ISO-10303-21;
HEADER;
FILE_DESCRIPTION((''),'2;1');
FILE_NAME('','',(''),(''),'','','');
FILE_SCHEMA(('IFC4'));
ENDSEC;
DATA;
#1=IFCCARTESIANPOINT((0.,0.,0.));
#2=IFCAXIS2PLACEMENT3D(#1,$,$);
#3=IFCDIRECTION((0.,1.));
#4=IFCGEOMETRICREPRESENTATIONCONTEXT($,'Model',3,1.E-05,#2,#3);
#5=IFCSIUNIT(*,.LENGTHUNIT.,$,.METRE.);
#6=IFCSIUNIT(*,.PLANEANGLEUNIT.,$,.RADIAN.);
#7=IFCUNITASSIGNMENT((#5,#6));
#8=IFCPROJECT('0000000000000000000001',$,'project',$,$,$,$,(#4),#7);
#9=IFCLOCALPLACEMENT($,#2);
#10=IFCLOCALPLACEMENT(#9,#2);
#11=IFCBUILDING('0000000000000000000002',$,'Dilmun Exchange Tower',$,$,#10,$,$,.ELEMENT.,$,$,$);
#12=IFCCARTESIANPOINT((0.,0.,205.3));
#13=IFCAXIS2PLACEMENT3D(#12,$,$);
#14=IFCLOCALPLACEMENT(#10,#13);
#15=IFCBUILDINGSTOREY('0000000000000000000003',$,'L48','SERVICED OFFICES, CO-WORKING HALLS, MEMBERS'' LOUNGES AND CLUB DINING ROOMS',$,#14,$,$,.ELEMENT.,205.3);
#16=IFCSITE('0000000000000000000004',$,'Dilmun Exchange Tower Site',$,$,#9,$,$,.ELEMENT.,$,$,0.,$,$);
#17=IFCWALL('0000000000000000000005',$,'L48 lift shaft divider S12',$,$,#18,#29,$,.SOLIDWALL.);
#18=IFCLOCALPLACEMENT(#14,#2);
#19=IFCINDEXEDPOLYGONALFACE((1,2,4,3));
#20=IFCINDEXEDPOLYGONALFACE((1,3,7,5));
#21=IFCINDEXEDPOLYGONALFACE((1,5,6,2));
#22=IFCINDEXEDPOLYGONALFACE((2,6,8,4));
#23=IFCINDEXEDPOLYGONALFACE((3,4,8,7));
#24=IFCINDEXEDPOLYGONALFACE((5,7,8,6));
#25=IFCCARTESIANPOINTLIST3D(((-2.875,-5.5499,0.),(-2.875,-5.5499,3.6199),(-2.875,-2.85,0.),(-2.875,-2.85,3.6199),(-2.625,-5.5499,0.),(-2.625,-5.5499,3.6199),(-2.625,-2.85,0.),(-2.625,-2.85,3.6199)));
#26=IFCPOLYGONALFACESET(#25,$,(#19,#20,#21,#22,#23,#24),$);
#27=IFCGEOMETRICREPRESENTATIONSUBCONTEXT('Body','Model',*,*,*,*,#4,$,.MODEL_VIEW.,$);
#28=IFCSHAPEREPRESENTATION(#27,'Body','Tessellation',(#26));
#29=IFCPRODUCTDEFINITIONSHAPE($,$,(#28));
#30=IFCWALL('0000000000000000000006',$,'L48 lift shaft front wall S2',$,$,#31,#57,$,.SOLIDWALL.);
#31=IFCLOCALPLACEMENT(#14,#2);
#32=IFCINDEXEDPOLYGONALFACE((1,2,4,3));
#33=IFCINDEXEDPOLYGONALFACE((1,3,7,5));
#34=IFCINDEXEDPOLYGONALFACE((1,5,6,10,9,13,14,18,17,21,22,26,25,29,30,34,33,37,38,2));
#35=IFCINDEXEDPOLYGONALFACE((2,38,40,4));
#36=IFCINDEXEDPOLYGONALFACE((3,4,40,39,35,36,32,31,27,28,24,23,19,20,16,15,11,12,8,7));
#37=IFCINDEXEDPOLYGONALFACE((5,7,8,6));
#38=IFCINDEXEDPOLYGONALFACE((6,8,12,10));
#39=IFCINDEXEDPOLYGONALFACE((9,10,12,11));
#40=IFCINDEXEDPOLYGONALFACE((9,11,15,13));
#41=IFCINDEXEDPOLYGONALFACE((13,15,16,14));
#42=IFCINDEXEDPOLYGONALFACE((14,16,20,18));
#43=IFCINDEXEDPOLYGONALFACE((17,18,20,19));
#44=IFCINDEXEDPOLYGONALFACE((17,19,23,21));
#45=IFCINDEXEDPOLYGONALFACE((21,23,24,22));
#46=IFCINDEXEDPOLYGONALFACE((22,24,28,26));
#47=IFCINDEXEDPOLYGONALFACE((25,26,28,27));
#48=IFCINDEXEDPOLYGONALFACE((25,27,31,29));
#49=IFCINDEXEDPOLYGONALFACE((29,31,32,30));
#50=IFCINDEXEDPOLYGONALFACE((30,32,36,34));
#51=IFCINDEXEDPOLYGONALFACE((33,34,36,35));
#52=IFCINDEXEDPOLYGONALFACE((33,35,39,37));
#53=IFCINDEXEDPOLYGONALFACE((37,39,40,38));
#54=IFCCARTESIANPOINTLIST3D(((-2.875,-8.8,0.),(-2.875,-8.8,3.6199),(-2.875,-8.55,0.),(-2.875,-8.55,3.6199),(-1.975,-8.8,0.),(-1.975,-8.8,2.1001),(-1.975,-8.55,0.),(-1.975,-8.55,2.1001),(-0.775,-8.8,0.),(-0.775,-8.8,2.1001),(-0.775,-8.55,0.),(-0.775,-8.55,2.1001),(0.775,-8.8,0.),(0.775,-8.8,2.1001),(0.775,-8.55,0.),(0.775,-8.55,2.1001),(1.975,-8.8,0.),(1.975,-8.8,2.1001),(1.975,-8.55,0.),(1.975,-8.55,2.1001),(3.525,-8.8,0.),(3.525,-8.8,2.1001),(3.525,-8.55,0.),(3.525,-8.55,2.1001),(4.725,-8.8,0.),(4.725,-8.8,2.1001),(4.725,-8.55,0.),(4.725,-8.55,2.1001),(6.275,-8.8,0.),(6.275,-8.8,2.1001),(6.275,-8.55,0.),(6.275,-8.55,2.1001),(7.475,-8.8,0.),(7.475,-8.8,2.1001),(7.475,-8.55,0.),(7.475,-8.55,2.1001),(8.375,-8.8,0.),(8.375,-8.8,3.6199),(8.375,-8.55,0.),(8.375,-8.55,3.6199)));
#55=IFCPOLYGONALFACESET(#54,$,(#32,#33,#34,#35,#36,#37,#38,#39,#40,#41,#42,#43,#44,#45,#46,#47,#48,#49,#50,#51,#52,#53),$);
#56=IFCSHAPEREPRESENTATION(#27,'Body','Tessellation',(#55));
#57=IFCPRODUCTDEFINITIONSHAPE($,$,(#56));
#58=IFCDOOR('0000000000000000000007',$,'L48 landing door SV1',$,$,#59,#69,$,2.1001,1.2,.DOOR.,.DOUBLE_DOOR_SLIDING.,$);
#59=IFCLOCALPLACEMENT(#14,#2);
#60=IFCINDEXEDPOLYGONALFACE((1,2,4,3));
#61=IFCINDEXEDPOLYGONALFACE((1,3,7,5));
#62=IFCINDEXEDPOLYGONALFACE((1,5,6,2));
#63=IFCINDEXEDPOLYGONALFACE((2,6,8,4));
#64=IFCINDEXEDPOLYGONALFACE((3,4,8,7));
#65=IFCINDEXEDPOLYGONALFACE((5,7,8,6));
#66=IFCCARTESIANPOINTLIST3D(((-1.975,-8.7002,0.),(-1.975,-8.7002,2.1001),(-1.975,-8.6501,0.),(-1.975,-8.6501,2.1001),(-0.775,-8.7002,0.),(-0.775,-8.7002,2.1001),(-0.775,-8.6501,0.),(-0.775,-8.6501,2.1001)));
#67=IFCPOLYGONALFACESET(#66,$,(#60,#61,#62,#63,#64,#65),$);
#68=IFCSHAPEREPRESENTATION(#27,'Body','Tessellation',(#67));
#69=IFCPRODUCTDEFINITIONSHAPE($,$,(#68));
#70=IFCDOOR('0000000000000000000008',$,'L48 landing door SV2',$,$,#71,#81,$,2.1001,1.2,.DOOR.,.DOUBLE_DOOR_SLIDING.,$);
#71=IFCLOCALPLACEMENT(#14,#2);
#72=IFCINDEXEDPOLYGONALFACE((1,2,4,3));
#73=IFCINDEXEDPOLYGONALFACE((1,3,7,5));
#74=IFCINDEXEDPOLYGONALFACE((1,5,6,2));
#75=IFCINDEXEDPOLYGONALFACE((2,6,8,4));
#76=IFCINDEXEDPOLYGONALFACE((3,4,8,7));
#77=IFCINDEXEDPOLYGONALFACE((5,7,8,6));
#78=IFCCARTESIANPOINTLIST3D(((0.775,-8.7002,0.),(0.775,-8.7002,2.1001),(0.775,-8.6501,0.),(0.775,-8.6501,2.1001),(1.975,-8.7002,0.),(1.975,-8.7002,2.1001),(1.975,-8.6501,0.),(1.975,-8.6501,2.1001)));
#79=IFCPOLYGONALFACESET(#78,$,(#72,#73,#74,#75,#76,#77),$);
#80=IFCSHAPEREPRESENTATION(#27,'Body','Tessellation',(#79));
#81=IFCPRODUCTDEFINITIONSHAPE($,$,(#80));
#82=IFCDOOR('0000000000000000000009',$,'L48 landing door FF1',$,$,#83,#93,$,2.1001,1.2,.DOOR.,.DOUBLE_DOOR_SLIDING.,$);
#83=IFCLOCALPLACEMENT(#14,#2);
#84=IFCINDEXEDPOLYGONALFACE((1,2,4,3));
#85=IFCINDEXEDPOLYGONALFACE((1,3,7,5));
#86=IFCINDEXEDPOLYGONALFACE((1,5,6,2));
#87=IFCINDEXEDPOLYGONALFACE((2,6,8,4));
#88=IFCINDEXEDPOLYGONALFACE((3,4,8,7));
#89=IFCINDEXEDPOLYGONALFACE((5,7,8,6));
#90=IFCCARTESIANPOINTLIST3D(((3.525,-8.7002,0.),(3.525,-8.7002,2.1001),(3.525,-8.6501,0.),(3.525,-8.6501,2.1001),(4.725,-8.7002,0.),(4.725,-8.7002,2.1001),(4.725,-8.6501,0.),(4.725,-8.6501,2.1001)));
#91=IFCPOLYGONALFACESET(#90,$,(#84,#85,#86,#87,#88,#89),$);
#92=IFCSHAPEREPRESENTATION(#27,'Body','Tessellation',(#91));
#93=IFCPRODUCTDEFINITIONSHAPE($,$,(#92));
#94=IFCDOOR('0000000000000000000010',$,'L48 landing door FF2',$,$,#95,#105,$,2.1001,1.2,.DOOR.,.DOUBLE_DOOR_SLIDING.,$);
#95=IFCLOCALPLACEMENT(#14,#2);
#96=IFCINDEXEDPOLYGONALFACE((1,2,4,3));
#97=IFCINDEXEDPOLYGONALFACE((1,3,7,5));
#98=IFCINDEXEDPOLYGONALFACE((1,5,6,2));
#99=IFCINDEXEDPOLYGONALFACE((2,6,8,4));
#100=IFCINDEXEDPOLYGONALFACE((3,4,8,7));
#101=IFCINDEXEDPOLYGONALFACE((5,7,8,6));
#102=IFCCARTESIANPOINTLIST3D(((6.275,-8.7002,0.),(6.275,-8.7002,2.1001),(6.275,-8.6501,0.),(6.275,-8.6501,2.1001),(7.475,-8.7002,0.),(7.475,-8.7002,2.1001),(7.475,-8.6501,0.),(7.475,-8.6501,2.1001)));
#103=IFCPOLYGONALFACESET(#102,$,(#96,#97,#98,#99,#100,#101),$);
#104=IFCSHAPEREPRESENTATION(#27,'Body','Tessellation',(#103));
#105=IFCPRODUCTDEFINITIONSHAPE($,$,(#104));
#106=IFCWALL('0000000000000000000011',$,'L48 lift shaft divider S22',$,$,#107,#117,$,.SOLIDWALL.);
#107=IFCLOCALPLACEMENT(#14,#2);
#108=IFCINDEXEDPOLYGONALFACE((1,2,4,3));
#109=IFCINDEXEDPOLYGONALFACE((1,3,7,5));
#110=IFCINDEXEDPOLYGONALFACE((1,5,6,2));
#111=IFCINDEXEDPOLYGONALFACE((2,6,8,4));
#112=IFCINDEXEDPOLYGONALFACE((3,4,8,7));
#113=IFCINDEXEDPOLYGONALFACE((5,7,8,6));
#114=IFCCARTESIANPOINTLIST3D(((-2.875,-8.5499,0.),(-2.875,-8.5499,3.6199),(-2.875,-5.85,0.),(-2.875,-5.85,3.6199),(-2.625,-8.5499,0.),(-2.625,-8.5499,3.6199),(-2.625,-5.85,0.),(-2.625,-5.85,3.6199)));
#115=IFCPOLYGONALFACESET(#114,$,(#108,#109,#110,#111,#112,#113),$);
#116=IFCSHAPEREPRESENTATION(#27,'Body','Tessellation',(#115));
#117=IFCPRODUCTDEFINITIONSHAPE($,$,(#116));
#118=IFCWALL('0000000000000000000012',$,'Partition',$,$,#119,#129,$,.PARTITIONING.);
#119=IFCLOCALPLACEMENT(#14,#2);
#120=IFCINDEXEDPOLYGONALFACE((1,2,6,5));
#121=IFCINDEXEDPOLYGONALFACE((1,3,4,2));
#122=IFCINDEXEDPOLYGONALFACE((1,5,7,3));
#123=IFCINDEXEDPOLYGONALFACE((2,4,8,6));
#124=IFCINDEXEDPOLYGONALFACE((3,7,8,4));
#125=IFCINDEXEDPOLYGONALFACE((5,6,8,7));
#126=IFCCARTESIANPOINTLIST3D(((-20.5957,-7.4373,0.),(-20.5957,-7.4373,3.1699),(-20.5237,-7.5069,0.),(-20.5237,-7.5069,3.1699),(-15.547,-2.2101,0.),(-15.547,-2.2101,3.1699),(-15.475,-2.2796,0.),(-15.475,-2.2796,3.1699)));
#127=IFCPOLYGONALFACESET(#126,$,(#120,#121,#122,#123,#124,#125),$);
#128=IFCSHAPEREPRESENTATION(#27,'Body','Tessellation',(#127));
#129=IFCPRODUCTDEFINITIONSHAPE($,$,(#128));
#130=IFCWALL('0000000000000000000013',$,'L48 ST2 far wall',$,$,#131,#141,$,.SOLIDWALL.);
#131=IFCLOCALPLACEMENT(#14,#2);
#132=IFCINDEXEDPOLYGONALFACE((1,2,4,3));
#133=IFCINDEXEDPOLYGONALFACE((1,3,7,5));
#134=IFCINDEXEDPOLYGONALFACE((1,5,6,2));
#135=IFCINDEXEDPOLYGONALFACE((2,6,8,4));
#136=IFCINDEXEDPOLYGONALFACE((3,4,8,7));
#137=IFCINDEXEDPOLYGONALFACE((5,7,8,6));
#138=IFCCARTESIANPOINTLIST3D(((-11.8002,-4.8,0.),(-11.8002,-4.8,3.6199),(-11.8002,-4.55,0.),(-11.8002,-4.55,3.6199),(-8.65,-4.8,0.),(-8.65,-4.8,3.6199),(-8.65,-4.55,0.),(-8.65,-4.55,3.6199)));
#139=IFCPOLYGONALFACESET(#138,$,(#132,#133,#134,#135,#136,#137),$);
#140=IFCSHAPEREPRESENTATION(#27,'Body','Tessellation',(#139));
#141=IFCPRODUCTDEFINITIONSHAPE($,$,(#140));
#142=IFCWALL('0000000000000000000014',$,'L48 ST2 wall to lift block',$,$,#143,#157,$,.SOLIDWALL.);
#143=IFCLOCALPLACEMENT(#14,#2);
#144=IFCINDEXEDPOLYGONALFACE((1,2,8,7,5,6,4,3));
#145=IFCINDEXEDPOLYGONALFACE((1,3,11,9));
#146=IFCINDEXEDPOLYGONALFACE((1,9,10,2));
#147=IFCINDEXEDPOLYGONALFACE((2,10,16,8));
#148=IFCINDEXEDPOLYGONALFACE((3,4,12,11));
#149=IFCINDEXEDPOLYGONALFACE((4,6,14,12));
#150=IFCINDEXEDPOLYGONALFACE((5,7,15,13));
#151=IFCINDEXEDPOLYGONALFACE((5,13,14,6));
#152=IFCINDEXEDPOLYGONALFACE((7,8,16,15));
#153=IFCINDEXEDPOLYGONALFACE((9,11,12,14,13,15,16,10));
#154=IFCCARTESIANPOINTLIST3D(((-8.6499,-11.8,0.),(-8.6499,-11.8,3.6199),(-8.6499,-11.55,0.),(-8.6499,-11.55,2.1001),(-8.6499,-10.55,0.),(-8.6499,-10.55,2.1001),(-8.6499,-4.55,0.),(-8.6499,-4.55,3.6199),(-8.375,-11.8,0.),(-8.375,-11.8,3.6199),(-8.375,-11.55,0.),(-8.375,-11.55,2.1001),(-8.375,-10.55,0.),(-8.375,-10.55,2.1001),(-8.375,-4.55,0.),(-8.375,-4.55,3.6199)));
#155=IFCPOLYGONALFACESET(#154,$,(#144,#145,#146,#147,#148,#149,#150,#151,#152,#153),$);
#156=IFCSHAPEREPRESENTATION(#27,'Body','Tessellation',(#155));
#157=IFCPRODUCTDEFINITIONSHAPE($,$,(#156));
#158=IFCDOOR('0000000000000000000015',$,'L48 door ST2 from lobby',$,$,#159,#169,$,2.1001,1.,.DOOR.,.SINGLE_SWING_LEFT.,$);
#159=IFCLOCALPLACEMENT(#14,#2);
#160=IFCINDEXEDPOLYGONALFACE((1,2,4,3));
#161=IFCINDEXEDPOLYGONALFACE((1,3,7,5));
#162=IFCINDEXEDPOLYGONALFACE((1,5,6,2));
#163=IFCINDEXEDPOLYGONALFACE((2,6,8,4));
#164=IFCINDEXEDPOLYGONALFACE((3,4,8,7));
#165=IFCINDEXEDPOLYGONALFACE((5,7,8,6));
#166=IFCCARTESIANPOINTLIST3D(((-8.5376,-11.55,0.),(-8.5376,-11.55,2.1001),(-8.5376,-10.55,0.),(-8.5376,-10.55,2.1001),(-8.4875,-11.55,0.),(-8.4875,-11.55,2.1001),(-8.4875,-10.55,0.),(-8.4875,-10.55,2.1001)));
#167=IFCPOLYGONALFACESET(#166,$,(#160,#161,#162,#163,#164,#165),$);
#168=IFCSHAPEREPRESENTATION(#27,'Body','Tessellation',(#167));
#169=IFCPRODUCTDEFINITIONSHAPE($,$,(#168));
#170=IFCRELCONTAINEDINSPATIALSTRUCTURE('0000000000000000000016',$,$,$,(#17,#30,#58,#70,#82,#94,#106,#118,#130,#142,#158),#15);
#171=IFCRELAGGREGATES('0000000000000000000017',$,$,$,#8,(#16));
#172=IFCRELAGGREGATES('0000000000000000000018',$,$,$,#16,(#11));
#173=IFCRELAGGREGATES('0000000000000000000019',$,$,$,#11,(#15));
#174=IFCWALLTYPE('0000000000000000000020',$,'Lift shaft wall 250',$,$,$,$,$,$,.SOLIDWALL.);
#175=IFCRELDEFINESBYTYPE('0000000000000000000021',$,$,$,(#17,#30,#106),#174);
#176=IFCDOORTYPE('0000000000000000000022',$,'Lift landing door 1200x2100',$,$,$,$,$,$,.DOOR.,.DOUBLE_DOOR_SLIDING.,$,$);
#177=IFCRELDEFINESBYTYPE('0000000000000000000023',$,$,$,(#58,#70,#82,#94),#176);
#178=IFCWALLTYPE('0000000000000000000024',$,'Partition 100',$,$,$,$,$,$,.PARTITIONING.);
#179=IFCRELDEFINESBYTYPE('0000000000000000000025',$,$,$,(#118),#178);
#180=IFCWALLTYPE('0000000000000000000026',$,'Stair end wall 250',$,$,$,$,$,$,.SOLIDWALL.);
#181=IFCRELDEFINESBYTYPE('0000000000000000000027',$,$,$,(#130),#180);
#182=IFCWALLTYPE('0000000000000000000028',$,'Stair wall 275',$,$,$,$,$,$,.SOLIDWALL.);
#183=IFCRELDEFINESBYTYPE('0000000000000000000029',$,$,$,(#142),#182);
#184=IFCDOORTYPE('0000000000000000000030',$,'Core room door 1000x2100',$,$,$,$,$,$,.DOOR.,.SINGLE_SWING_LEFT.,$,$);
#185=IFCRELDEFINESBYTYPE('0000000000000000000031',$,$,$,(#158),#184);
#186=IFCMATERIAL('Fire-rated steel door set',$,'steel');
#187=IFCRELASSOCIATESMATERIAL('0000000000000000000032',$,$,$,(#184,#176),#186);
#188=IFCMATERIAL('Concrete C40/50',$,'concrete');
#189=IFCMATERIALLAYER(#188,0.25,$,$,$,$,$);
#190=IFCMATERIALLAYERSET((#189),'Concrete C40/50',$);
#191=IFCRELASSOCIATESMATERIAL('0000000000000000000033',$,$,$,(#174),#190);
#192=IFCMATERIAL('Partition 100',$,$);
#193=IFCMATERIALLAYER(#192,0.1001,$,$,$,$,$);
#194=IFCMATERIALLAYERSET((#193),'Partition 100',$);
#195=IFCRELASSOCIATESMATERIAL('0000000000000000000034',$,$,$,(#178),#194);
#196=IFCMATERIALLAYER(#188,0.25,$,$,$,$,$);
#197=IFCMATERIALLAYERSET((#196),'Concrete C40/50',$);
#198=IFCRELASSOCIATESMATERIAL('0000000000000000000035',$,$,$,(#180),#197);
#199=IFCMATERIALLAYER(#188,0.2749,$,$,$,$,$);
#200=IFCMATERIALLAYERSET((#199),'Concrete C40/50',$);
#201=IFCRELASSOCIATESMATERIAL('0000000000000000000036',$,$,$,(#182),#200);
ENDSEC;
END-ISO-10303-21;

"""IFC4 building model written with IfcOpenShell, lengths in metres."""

from ifc_helpers import new_model, si_unit, direction, frame, frame_2d, origin, place, context, subcontext, project, spatial, rectangle, extrude, material, layer, layer_set, type_object, element, fill, save


model = new_model("IFC4")

# Units and contexts
model_context = context("Model", 3, precision=1e-05, world=origin(), true_north=direction((0.0, 1.0)))
body_context = subcontext(model_context, "Body", "Model", "MODEL_VIEW")
ifc_project = project(units=[si_unit("LENGTHUNIT", "METRE"), si_unit("PLANEANGLEUNIT", "RADIAN")], contexts=[model_context])

# Site, building, storey
site_placement = place(None, origin())
site = spatial("IfcSite", under=ifc_project, at=site_placement, Name="Dilmun Exchange Tower Site", CompositionType="ELEMENT", RefElevation=0.0)
building_placement = place(site_placement, origin())
building = spatial("IfcBuilding", under=site, at=building_placement, Name="Dilmun Exchange Tower", CompositionType="ELEMENT")
storey_placement = place(building_placement, frame((0.0, 0.0, 205.3)))
storey = spatial("IfcBuildingStorey", under=building, at=storey_placement, Name="L48", Description="SERVICED OFFICES, CO-WORKING HALLS, MEMBERS' LOUNGES AND CLUB DINING ROOMS", CompositionType="ELEMENT", Elevation=205.3)

# Shared definitions
ifc_material_1 = material(Name="Concrete C40/50", Category="concrete")

# Shared definitions
ifc_material_2 = material(Name="Fire-rated steel door set", Category="steel")
door_type_1 = type_object("IfcDoorType", Name="Core room door 1000x2100", OperationType="SINGLE_SWING_LEFT", PredefinedType="DOOR", material=ifc_material_2)

# Wall
ifc_layer_1 = layer(ifc_material_1, 0.25)
ifc_layer_set_1 = layer_set([ifc_layer_1], Name="Concrete C40/50")
wall_type_1 = type_object("IfcWallType", Name="Lift shaft wall 250", PredefinedType="SOLIDWALL", material=ifc_layer_set_1)
wall_1_placement = place(storey_placement, frame((-2.75, -5.55, 0.0), z_axis=(0.0, 0.0, 1.0), x_axis=(0.0, 1.0, 0.0)))
element("IfcWall", 1, at=wall_1_placement, inside=storey, type_object=wall_type_1, Name="L48 lift shaft divider S12", PredefinedType="SOLIDWALL", context=body_context, shape_type="SweptSolid", body=[
    extrude(rectangle(XDim=2.7, YDim=0.25, at=frame_2d((1.3501, 0.0))), origin(), (0.0, 0.0, 1.0), 3.6199),
])

# Wall, openings, doors
wall_2_placement = place(storey_placement, frame((-2.875, -8.675, 0.0), z_axis=(0.0, 0.0, 1.0), x_axis=(1.0, 0.0, 0.0)))
wall_2 = element("IfcWall", 2, at=wall_2_placement, inside=storey, type_object=wall_type_1, Name="L48 lift shaft front wall S2", PredefinedType="SOLIDWALL", context=body_context, shape_type="SweptSolid", body=[
    extrude(rectangle(XDim=11.25, YDim=0.25, at=frame_2d((5.625, 0.0))), origin(), (0.0, 0.0, 1.0), 3.6199),
])
opening_1_placement = place(wall_2_placement, frame((0.8999, 0.0, 0.0)))
opening_1 = element("IfcOpeningElement", 3, at=opening_1_placement, cuts=wall_2, PredefinedType="OPENING", context=body_context, shape_type="SweptSolid", body=[
    extrude(rectangle(XDim=1.2, YDim=2.1001, at=frame_2d((0.6001, 1.05))), frame((0.0, 0.135, 0.0), z_axis=(0.0, -1.0, 0.0), x_axis=(1.0, 0.0, 0.0)), (0.0, 0.0, 1.0), 0.27),
])
opening_2_placement = place(wall_2_placement, frame((3.6499, 0.0, 0.0)))
opening_2 = element("IfcOpeningElement", 4, at=opening_2_placement, cuts=wall_2, PredefinedType="OPENING", context=body_context, shape_type="SweptSolid", body=[
    extrude(rectangle(XDim=1.2, YDim=2.1001, at=frame_2d((0.6001, 1.05))), frame((0.0, 0.135, 0.0), z_axis=(0.0, -1.0, 0.0), x_axis=(1.0, 0.0, 0.0)), (0.0, 0.0, 1.0), 0.27),
])
opening_3_placement = place(wall_2_placement, frame((6.3999, 0.0, 0.0)))
opening_3 = element("IfcOpeningElement", 5, at=opening_3_placement, cuts=wall_2, PredefinedType="OPENING", context=body_context, shape_type="SweptSolid", body=[
    extrude(rectangle(XDim=1.2, YDim=2.1001, at=frame_2d((0.6001, 1.05))), frame((0.0, 0.135, 0.0), z_axis=(0.0, -1.0, 0.0), x_axis=(1.0, 0.0, 0.0)), (0.0, 0.0, 1.0), 0.27),
])
opening_4_placement = place(wall_2_placement, frame((9.1499, 0.0, 0.0)))
opening_4 = element("IfcOpeningElement", 6, at=opening_4_placement, cuts=wall_2, PredefinedType="OPENING", context=body_context, shape_type="SweptSolid", body=[
    extrude(rectangle(XDim=1.2, YDim=2.1001, at=frame_2d((0.6001, 1.05))), frame((0.0, 0.135, 0.0), z_axis=(0.0, -1.0, 0.0), x_axis=(1.0, 0.0, 0.0)), (0.0, 0.0, 1.0), 0.27),
])
door_type_2 = type_object("IfcDoorType", Name="Lift landing door 1200x2100", OperationType="DOUBLE_DOOR_SLIDING", PredefinedType="DOOR", material=ifc_material_2)
door_1_placement = place(opening_1_placement, origin())
door_1 = element("IfcDoor", 7, at=door_1_placement, inside=storey, type_object=door_type_2, Name="L48 landing door SV1", OperationType="DOUBLE_DOOR_SLIDING", OverallHeight=2.1001, OverallWidth=1.2, PredefinedType="DOOR", context=body_context, shape_type="SweptSolid", body=[
    extrude(rectangle(XDim=1.2, YDim=2.1001, at=frame_2d((0.6001, 1.05))), frame((0.0, 0.0249, 0.0), z_axis=(0.0, -1.0, 0.0), x_axis=(1.0, 0.0, 0.0)), (0.0, 0.0, 1.0), 0.05),
])
fill(opening_1, door_1)
door_2_placement = place(opening_2_placement, origin())
door_2 = element("IfcDoor", 8, at=door_2_placement, inside=storey, type_object=door_type_2, Name="L48 landing door SV2", OperationType="DOUBLE_DOOR_SLIDING", OverallHeight=2.1001, OverallWidth=1.2, PredefinedType="DOOR", context=body_context, shape_type="SweptSolid", body=[
    extrude(rectangle(XDim=1.2, YDim=2.1001, at=frame_2d((0.6001, 1.05))), frame((0.0, 0.0249, 0.0), z_axis=(0.0, -1.0, 0.0), x_axis=(1.0, 0.0, 0.0)), (0.0, 0.0, 1.0), 0.05),
])
fill(opening_2, door_2)
door_3_placement = place(opening_3_placement, origin())
door_3 = element("IfcDoor", 9, at=door_3_placement, inside=storey, type_object=door_type_2, Name="L48 landing door FF1", OperationType="DOUBLE_DOOR_SLIDING", OverallHeight=2.1001, OverallWidth=1.2, PredefinedType="DOOR", context=body_context, shape_type="SweptSolid", body=[
    extrude(rectangle(XDim=1.2, YDim=2.1001, at=frame_2d((0.6001, 1.05))), frame((0.0, 0.0249, 0.0), z_axis=(0.0, -1.0, 0.0), x_axis=(1.0, 0.0, 0.0)), (0.0, 0.0, 1.0), 0.05),
])
fill(opening_3, door_3)
door_4_placement = place(opening_4_placement, origin())
door_4 = element("IfcDoor", 10, at=door_4_placement, inside=storey, type_object=door_type_2, Name="L48 landing door FF2", OperationType="DOUBLE_DOOR_SLIDING", OverallHeight=2.1001, OverallWidth=1.2, PredefinedType="DOOR", context=body_context, shape_type="SweptSolid", body=[
    extrude(rectangle(XDim=1.2, YDim=2.1001, at=frame_2d((0.6001, 1.05))), frame((0.0, 0.0249, 0.0), z_axis=(0.0, -1.0, 0.0), x_axis=(1.0, 0.0, 0.0)), (0.0, 0.0, 1.0), 0.05),
])
fill(opening_4, door_4)

# Walls
wall_3_placement = place(storey_placement, frame((-2.75, -8.55, 0.0), z_axis=(0.0, 0.0, 1.0), x_axis=(0.0, 1.0, 0.0)))
element("IfcWall", 11, at=wall_3_placement, inside=storey, type_object=wall_type_1, Name="L48 lift shaft divider S22", PredefinedType="SOLIDWALL", context=body_context, shape_type="SweptSolid", body=[
    extrude(rectangle(XDim=2.7, YDim=0.25, at=frame_2d((1.3501, 0.0))), origin(), (0.0, 0.0, 1.0), 3.6199),
])
ifc_material_3 = material(Name="Partition 100")
ifc_layer_2 = layer(ifc_material_3, 0.1001)
ifc_layer_set_2 = layer_set([ifc_layer_2], Name="Partition 100")
wall_type_2 = type_object("IfcWallType", Name="Partition 100", PredefinedType="PARTITIONING", material=ifc_layer_set_2)
wall_4_placement = place(storey_placement, frame((-20.5598, -7.4722, 0.0), z_axis=(0.0, 0.0, 1.0), x_axis=(0.694722, 0.719279, 0.0)))
element("IfcWall", 12, at=wall_4_placement, inside=storey, type_object=wall_type_2, Name="Partition", PredefinedType="PARTITIONING", context=body_context, shape_type="SweptSolid", body=[
    extrude(rectangle(XDim=7.2673, YDim=0.1001, at=frame_2d((3.6338, 0.0))), origin(), (0.0, 0.0, 1.0), 3.1699),
])
ifc_layer_3 = layer(ifc_material_1, 0.25)
ifc_layer_set_3 = layer_set([ifc_layer_3], Name="Concrete C40/50")
wall_type_3 = type_object("IfcWallType", Name="Stair end wall 250", PredefinedType="SOLIDWALL", material=ifc_layer_set_3)
wall_5_placement = place(storey_placement, frame((-8.6499, -4.675, 0.0), z_axis=(0.0, 0.0, 1.0), x_axis=(-1.0, 0.0, 0.0)))
element("IfcWall", 13, at=wall_5_placement, inside=storey, type_object=wall_type_3, Name="L48 ST2 far wall", PredefinedType="SOLIDWALL", context=body_context, shape_type="SweptSolid", body=[
    extrude(rectangle(XDim=3.1501, YDim=0.25, at=frame_2d((1.5752, 0.0))), origin(), (0.0, 0.0, 1.0), 3.6199),
])

# Wall, opening, door
ifc_layer_4 = layer(ifc_material_1, 0.2749)
ifc_layer_set_4 = layer_set([ifc_layer_4], Name="Concrete C40/50")
wall_type_4 = type_object("IfcWallType", Name="Stair wall 275", PredefinedType="SOLIDWALL", material=ifc_layer_set_4)
wall_6_placement = place(storey_placement, frame((-8.5125, -4.55, 0.0), z_axis=(0.0, 0.0, 1.0), x_axis=(0.0, -1.0, 0.0)))
wall_6 = element("IfcWall", 14, at=wall_6_placement, inside=storey, type_object=wall_type_4, Name="L48 ST2 wall to lift block", PredefinedType="SOLIDWALL", context=body_context, shape_type="SweptSolid", body=[
    extrude(rectangle(XDim=7.25, YDim=0.2749, at=frame_2d((3.625, 0.0))), origin(), (0.0, 0.0, 1.0), 3.6199),
])
opening_5_placement = place(wall_6_placement, frame((6.0, 0.0, 0.0)))
opening_5 = element("IfcOpeningElement", 15, at=opening_5_placement, cuts=wall_6, PredefinedType="OPENING", context=body_context, shape_type="SweptSolid", body=[
    extrude(rectangle(XDim=1.0, YDim=2.1001, at=frame_2d((0.5, 1.05))), frame((0.0, 0.1475, 0.0), z_axis=(0.0, -1.0, 0.0), x_axis=(1.0, 0.0, 0.0)), (0.0, 0.0, 1.0), 0.2949),
])
door_5_placement = place(opening_5_placement, origin())
door_5 = element("IfcDoor", 16, at=door_5_placement, inside=storey, type_object=door_type_1, Name="L48 door ST2 from lobby", OperationType="SINGLE_SWING_LEFT", OverallHeight=2.1001, OverallWidth=1.0, PredefinedType="DOOR", context=body_context, shape_type="SweptSolid", body=[
    extrude(rectangle(XDim=1.0, YDim=2.1001, at=frame_2d((0.5, 1.05))), frame((0.0, 0.0249, 0.0), z_axis=(0.0, -1.0, 0.0), x_axis=(1.0, 0.0, 0.0)), (0.0, 0.0, 1.0), 0.05),
])
fill(opening_5, door_5)

save(model, "model.ifc")
